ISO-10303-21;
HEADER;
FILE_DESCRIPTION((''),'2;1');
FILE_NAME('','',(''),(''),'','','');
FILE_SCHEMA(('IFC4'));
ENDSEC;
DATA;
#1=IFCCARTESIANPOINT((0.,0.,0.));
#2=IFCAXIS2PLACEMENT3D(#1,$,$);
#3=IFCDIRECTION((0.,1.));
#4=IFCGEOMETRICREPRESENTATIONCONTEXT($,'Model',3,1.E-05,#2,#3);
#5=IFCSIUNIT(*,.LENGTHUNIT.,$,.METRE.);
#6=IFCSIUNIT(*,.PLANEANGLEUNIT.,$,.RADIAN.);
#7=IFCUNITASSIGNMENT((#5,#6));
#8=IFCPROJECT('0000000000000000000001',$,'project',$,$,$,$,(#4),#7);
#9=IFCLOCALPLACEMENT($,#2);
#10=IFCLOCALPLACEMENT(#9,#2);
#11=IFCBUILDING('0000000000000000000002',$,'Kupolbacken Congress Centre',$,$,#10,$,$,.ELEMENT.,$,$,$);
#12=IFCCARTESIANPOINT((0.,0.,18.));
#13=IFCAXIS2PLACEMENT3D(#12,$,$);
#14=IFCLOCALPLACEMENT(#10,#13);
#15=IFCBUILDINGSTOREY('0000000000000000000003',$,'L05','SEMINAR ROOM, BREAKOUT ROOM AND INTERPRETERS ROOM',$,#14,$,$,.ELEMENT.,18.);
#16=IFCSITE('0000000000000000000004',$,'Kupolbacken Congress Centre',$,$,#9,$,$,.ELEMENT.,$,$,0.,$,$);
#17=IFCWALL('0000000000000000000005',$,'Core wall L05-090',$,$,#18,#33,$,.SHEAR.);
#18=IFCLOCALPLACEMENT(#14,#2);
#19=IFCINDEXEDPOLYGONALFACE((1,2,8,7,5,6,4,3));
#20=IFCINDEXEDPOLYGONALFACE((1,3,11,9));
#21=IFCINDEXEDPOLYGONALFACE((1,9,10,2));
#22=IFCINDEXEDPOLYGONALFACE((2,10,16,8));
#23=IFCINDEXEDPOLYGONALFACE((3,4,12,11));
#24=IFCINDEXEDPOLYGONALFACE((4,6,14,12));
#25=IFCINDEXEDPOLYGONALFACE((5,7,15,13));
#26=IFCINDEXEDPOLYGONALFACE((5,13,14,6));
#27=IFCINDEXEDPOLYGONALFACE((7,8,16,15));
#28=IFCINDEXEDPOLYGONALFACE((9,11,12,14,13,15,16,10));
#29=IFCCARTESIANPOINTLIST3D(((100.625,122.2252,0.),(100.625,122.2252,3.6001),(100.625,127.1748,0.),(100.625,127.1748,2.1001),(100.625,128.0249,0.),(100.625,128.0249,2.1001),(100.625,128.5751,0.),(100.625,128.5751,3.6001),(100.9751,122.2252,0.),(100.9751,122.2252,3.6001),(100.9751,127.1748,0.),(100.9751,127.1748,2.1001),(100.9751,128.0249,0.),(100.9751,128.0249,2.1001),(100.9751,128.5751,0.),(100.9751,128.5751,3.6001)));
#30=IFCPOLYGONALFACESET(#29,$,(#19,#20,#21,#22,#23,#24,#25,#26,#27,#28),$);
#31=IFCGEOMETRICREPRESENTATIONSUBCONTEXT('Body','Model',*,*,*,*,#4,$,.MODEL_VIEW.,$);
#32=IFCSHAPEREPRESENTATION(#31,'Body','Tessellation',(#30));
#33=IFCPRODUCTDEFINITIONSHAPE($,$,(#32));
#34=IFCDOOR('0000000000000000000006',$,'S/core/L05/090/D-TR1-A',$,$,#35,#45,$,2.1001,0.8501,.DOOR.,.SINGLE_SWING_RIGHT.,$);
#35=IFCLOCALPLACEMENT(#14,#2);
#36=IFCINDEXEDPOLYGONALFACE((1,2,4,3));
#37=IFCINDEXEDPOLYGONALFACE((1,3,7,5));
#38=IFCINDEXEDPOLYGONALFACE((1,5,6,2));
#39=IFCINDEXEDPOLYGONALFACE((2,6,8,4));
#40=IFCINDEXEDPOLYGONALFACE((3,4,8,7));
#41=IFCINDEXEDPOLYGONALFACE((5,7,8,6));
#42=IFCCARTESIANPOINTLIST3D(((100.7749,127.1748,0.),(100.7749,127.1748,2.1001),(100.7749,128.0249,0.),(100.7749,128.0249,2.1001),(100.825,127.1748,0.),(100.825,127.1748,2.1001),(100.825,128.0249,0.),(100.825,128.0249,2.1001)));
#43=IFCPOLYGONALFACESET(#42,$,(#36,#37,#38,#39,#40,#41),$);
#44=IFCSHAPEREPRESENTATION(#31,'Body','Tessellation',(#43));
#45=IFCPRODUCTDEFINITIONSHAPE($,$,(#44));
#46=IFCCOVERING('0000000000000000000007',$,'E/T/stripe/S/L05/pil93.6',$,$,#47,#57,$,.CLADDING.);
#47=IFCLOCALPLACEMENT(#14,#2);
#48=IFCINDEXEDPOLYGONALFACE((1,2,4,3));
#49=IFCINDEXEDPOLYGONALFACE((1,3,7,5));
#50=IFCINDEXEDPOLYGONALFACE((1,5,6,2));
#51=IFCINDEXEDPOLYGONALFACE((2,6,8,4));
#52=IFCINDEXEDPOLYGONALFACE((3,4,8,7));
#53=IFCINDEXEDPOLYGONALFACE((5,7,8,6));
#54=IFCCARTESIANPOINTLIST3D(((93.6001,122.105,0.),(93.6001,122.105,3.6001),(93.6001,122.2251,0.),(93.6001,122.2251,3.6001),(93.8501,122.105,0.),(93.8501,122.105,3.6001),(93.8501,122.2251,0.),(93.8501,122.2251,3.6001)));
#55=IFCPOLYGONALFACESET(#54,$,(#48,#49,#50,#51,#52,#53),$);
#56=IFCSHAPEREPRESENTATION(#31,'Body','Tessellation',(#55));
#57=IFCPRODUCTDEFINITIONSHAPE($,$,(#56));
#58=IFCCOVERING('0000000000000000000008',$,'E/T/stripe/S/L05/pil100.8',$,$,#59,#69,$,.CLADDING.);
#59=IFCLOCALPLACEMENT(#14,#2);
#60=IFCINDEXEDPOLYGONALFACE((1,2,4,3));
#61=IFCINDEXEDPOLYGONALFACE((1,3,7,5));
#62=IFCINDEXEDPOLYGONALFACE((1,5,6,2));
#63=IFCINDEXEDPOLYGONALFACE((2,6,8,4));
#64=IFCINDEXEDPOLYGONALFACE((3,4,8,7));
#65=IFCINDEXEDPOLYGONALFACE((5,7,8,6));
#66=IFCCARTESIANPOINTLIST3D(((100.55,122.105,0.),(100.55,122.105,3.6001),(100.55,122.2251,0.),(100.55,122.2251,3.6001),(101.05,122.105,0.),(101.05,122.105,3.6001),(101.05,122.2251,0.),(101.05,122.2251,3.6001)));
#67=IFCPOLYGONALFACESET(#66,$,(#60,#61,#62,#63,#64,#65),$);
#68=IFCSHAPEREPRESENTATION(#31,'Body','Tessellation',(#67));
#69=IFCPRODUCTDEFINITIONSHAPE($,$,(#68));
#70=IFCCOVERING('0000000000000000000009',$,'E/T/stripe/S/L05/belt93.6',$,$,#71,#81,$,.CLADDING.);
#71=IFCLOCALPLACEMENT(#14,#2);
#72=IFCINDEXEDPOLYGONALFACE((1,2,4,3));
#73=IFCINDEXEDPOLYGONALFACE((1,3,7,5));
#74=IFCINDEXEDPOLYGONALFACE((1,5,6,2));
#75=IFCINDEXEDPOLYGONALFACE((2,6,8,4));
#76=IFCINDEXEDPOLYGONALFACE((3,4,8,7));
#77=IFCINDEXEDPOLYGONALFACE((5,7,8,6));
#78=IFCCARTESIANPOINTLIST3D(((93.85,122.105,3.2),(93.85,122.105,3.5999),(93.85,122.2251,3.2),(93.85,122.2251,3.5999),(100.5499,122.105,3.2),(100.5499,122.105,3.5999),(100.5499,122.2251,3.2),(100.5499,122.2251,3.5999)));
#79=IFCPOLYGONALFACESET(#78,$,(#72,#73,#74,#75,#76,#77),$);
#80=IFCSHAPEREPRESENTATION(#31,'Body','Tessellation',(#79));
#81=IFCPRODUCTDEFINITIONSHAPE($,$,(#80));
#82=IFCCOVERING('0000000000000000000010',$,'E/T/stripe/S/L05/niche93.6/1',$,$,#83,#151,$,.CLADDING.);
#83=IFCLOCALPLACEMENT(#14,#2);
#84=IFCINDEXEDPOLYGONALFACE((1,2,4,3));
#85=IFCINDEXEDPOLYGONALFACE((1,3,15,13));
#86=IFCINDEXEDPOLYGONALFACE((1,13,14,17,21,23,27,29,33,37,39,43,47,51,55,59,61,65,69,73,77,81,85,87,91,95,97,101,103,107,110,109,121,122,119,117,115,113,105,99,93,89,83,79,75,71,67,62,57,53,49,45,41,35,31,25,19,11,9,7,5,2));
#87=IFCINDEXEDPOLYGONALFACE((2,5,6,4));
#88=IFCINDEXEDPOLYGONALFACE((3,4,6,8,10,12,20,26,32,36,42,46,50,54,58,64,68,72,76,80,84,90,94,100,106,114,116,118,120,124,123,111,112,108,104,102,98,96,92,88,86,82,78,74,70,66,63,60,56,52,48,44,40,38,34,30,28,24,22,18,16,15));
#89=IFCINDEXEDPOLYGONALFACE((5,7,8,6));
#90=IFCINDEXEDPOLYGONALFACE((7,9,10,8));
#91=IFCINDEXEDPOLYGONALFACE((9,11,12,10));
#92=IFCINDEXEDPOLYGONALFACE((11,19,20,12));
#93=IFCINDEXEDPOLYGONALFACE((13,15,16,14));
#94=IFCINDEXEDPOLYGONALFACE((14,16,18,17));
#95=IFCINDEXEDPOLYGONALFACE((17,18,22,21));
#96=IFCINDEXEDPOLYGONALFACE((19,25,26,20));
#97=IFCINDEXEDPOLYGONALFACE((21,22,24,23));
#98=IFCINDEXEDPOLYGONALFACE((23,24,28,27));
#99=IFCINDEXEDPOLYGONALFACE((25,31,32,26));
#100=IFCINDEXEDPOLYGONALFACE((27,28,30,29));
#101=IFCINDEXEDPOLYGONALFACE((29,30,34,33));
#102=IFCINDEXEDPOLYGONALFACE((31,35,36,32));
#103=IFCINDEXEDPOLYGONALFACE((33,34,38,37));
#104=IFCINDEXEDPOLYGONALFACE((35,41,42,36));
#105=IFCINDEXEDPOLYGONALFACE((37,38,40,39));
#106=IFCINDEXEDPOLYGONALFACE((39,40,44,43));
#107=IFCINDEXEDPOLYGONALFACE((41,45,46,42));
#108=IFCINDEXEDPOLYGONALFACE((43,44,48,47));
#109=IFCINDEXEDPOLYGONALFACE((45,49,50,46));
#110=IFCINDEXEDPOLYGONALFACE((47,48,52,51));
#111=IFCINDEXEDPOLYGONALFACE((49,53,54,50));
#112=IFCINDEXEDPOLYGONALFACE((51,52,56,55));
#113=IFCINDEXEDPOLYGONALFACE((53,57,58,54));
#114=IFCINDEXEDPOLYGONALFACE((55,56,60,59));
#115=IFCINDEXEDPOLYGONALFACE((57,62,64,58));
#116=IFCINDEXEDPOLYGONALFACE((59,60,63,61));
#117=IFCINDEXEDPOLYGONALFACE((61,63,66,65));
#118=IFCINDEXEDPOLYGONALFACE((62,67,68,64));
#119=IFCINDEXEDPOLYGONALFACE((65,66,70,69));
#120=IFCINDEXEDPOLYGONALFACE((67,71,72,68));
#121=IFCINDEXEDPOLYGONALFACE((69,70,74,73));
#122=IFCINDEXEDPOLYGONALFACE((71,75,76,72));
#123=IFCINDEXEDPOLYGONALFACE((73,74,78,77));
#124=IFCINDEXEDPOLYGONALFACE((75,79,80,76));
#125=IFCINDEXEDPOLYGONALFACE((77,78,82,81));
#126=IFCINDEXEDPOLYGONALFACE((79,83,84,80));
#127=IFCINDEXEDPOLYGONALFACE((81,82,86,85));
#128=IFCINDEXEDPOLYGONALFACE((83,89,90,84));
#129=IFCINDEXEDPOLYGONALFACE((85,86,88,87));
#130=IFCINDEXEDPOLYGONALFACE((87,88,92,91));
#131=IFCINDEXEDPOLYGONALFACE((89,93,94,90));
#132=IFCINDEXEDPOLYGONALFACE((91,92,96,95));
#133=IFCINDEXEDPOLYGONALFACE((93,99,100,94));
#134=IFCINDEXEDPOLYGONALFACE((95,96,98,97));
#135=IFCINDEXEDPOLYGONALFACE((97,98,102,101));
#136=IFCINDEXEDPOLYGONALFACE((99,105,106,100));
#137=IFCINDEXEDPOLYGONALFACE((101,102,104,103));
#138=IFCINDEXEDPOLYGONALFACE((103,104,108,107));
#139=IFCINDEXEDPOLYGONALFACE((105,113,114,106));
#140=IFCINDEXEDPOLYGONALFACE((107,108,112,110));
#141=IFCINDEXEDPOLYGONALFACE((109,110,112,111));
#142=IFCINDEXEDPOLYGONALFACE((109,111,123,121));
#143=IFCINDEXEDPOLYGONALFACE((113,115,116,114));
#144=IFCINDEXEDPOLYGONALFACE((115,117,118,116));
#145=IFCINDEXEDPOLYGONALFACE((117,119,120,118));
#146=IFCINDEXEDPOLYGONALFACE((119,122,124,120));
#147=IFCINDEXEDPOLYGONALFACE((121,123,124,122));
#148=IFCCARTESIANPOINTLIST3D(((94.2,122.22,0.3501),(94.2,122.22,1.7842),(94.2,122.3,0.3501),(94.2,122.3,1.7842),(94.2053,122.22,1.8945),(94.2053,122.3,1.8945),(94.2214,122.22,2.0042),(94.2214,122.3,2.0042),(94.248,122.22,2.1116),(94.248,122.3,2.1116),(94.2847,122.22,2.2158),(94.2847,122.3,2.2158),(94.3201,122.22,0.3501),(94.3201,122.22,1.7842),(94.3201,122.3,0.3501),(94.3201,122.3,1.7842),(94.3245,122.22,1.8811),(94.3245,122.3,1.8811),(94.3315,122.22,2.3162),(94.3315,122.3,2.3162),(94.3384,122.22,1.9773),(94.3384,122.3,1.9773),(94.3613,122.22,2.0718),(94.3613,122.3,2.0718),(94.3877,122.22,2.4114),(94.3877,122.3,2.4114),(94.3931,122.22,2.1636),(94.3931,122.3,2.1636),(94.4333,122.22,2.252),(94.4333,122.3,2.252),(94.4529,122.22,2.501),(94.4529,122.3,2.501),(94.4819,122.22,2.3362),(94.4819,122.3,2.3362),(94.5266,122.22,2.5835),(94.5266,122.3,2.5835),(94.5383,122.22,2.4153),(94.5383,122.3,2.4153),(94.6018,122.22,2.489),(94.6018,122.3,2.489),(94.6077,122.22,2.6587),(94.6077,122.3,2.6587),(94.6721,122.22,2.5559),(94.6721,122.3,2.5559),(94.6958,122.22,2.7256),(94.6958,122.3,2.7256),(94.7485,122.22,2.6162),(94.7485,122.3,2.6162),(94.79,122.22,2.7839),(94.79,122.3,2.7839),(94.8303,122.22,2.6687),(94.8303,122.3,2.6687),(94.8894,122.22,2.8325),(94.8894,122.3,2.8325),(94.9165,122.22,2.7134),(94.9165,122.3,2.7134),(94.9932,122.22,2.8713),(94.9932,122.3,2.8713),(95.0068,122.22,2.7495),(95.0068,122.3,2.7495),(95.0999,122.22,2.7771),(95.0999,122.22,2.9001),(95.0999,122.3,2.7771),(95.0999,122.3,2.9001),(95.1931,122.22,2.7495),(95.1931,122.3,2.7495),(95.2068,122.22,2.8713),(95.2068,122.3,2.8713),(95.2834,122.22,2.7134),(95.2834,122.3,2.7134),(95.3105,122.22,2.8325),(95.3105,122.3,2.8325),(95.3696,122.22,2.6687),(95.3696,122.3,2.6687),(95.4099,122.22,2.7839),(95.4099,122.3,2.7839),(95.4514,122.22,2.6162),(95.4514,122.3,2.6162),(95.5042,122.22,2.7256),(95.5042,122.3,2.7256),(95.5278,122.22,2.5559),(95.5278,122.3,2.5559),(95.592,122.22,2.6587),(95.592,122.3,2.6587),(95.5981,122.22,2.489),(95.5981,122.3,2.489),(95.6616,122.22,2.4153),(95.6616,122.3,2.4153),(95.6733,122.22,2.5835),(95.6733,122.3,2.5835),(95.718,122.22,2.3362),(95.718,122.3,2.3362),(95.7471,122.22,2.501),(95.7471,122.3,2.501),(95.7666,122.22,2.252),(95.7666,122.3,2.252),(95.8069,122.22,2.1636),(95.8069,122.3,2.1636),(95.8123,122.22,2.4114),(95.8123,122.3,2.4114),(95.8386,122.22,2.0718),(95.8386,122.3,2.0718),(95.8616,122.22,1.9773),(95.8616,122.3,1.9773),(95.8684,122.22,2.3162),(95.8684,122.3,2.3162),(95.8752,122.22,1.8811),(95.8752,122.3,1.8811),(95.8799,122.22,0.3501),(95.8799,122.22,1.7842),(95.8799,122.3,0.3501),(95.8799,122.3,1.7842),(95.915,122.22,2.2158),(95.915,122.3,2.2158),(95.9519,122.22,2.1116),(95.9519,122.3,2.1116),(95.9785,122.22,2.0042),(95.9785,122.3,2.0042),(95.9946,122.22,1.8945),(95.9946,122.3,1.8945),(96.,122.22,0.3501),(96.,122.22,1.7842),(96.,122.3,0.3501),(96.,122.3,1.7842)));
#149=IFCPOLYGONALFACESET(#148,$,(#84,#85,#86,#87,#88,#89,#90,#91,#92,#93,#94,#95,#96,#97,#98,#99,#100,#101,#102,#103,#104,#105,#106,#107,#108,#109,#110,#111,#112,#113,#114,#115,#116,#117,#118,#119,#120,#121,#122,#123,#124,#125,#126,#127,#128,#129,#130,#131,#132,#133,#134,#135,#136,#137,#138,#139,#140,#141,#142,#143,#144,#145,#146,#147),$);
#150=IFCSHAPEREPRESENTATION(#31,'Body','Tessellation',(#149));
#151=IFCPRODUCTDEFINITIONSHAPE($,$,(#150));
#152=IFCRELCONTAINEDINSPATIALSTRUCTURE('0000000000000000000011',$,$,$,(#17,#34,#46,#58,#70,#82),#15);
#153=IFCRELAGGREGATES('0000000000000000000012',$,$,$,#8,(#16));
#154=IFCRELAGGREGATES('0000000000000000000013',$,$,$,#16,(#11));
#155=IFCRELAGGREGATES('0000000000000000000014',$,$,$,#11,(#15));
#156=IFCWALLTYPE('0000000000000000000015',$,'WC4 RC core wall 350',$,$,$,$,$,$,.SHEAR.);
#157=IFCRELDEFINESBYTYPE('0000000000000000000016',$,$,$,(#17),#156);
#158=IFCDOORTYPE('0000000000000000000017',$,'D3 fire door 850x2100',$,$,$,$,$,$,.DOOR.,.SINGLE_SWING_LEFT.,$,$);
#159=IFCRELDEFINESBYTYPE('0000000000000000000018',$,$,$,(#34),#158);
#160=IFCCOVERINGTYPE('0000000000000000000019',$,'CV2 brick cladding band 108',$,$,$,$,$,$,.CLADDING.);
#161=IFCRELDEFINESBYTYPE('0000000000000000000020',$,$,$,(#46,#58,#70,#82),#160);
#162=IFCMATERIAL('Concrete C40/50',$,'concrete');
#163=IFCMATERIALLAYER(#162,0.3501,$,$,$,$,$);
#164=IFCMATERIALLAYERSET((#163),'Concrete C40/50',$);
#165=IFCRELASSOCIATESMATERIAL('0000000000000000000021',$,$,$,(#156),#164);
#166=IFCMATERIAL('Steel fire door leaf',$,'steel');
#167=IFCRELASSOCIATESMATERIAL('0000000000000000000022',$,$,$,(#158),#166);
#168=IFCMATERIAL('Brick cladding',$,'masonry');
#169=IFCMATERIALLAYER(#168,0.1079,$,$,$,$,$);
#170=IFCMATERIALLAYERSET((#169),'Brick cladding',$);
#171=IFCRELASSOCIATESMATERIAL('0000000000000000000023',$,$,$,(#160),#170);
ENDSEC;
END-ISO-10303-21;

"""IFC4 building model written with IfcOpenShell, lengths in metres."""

from ifc_helpers import new_model, si_unit, direction, frame, frame_2d, origin, origin_2d, place, context, subcontext, project, spatial, polyline, rectangle, outline, extrude, material, layer, layer_set, type_object, element, fill, save


model = new_model("IFC4")

# Units and contexts
model_context = context("Model", 3, precision=1e-05, world=origin(), true_north=direction((0.0, 1.0)))
body_context = subcontext(model_context, "Body", "Model", "MODEL_VIEW")
ifc_project = project(units=[si_unit("LENGTHUNIT", "METRE"), si_unit("PLANEANGLEUNIT", "RADIAN")], contexts=[model_context])

# Site, building, storey
site_placement = place(None, origin())
site = spatial("IfcSite", under=ifc_project, at=site_placement, Name="Kupolbacken Congress Centre", CompositionType="ELEMENT", RefElevation=0.0)
building_placement = place(site_placement, origin())
building = spatial("IfcBuilding", under=site, at=building_placement, Name="Kupolbacken Congress Centre", CompositionType="ELEMENT")
storey_placement = place(building_placement, frame((0.0, 0.0, 18.0)))
storey = spatial("IfcBuildingStorey", under=building, at=storey_placement, Name="L05", Description="SEMINAR ROOM, BREAKOUT ROOM AND INTERPRETERS ROOM", CompositionType="ELEMENT", Elevation=18.0)

# Shared definitions
ifc_material_1 = material(Name="Concrete C40/50", Category="concrete")
ifc_layer_1 = layer(ifc_material_1, 0.3501)
ifc_layer_set_1 = layer_set([ifc_layer_1], Name="Concrete C40/50")
wall_type_1 = type_object("IfcWallType", Name="WC4 RC core wall 350", PredefinedType="SHEAR", material=ifc_layer_set_1)

# Wall, opening, door
wall_1_placement = place(storey_placement, frame((100.8, 128.575, 0.0), z_axis=(0.0, 0.0, 1.0), x_axis=(0.0, -1.0, 0.0)))
wall_1 = element("IfcWall", 1, at=wall_1_placement, inside=storey, type_object=wall_type_1, Name="Core wall L05-090", PredefinedType="SHEAR", context=body_context, shape_type="SweptSolid", body=[
    extrude(rectangle(XDim=6.3499, YDim=0.3501, at=frame_2d((3.1748, 0.0))), origin(), (0.0, 0.0, 1.0), 3.6001),
])
opening_1_placement = place(wall_1_placement, frame((0.55, 0.0, 0.0)))
opening_1 = element("IfcOpeningElement", 2, at=opening_1_placement, cuts=wall_1, PredefinedType="OPENING", context=body_context, shape_type="SweptSolid", body=[
    extrude(rectangle(XDim=0.8501, YDim=2.1001, at=frame_2d((0.425, 1.05))), frame((0.0, 0.1851, 0.0), z_axis=(0.0, -1.0, 0.0), x_axis=(1.0, 0.0, 0.0)), (0.0, 0.0, 1.0), 0.3701),
])
ifc_material_2 = material(Name="Steel fire door leaf", Category="steel")
door_type_1 = type_object("IfcDoorType", Name="D3 fire door 850x2100", OperationType="SINGLE_SWING_LEFT", PredefinedType="DOOR", material=ifc_material_2)
door_1_placement = place(opening_1_placement, origin())
door_1 = element("IfcDoor", 3, at=door_1_placement, inside=storey, type_object=door_type_1, Name="S/core/L05/090/D-TR1-A", OperationType="SINGLE_SWING_RIGHT", OverallHeight=2.1001, OverallWidth=0.8501, PredefinedType="DOOR", context=body_context, shape_type="SweptSolid", body=[
    extrude(rectangle(XDim=0.8501, YDim=2.1001, at=frame_2d((0.425, 1.05))), frame((0.0, 0.0249, 0.0), z_axis=(0.0, -1.0, 0.0), x_axis=(1.0, 0.0, 0.0)), (0.0, 0.0, 1.0), 0.05),
])
fill(opening_1, door_1)

# Coverings
ifc_material_3 = material(Name="Brick cladding", Category="masonry")
ifc_layer_2 = layer(ifc_material_3, 0.1079)
ifc_layer_set_2 = layer_set([ifc_layer_2], Name="Brick cladding")
covering_type = type_object("IfcCoveringType", Name="CV2 brick cladding band 108", PredefinedType="CLADDING", material=ifc_layer_set_2)
covering_1_placement = place(storey_placement, frame((93.7251, 122.165, 0.0), z_axis=(0.0, 0.0, 1.0), x_axis=(1.0, 0.0, 0.0)))
element("IfcCovering", 4, at=covering_1_placement, inside=storey, type_object=covering_type, Name="E/T/stripe/S/L05/pil93.6", PredefinedType="CLADDING", context=body_context, shape_type="SweptSolid", body=[
    extrude(rectangle(XDim=0.25, YDim=0.1201, at=origin_2d()), origin(), (0.0, 0.0, 1.0), 3.6001),
])
covering_2_placement = place(storey_placement, frame((100.8, 122.165, 0.0), z_axis=(0.0, 0.0, 1.0), x_axis=(1.0, 0.0, 0.0)))
element("IfcCovering", 5, at=covering_2_placement, inside=storey, type_object=covering_type, Name="E/T/stripe/S/L05/pil100.8", PredefinedType="CLADDING", context=body_context, shape_type="SweptSolid", body=[
    extrude(rectangle(XDim=0.5, YDim=0.1201, at=origin_2d()), origin(), (0.0, 0.0, 1.0), 3.6001),
])
covering_3_placement = place(storey_placement, frame((97.2, 122.165, 3.2), z_axis=(0.0, 0.0, 1.0), x_axis=(1.0, 0.0, 0.0)))
element("IfcCovering", 6, at=covering_3_placement, inside=storey, type_object=covering_type, Name="E/T/stripe/S/L05/belt93.6", PredefinedType="CLADDING", context=body_context, shape_type="SweptSolid", body=[
    extrude(rectangle(XDim=6.7, YDim=0.1201, at=origin_2d()), origin(), (0.0, 0.0, 1.0), 0.3999),
])
covering_4_placement = place(storey_placement, frame((94.2, 122.3, 0.3501), z_axis=(0.0, -1.0, 0.0), x_axis=(1.0, 0.0, 0.0)))
element("IfcCovering", 7, at=covering_4_placement, inside=storey, type_object=covering_type, Name="E/T/stripe/S/L05/niche93.6/1", PredefinedType="CLADDING", context=body_context, shape_type="SweptSolid", body=[
    extrude(outline(polyline([(0.0, 0.0), (0.0, 1.4341), (0.0054, 1.5444), (0.0215, 1.6541), (0.0481, 1.7615), (0.0847, 1.8657), (0.1316, 1.9661), (0.1877, 2.0613), (0.2529, 2.1509), (0.3267, 2.2334), (0.4077, 2.3086), (0.4958, 2.3755), (0.5901, 2.4338), (0.6895, 2.4824), (0.7932, 2.5212), (0.8999, 2.55), (1.0068, 2.5212), (1.1106, 2.4824), (1.21, 2.4338), (1.3042, 2.3755), (1.3921, 2.3086), (1.4734, 2.2334), (1.5471, 2.1509), (1.6123, 2.0613), (1.6685, 1.9661), (1.7151, 1.8657), (1.752, 1.7615), (1.7786, 1.6541), (1.7947, 1.5444), (1.8, 1.4341), (1.8, 0.0), (1.6799, 0.0), (1.6799, 1.4341), (1.6753, 1.531), (1.6616, 1.6272), (1.6387, 1.7217), (1.6069, 1.8135), (1.5667, 1.9019), (1.5181, 1.9861), (1.4617, 2.0652), (1.3982, 2.1389), (1.3279, 2.2058), (1.2515, 2.2661), (1.1697, 2.3186), (1.0835, 2.3633), (0.9932, 2.3994), (0.8999, 2.427), (0.8069, 2.3994), (0.7166, 2.3633), (0.6304, 2.3186), (0.5486, 2.2661), (0.4722, 2.2058), (0.4019, 2.1389), (0.3384, 2.0652), (0.282, 1.9861), (0.2334, 1.9019), (0.1931, 1.8135), (0.1614, 1.7217), (0.1384, 1.6272), (0.1245, 1.531), (0.1201, 1.4341), (0.1201, 0.0), (0.0, 0.0)])), origin(), (0.0, 0.0, 1.0), 0.0801),
])

save(model, "model.ifc")
